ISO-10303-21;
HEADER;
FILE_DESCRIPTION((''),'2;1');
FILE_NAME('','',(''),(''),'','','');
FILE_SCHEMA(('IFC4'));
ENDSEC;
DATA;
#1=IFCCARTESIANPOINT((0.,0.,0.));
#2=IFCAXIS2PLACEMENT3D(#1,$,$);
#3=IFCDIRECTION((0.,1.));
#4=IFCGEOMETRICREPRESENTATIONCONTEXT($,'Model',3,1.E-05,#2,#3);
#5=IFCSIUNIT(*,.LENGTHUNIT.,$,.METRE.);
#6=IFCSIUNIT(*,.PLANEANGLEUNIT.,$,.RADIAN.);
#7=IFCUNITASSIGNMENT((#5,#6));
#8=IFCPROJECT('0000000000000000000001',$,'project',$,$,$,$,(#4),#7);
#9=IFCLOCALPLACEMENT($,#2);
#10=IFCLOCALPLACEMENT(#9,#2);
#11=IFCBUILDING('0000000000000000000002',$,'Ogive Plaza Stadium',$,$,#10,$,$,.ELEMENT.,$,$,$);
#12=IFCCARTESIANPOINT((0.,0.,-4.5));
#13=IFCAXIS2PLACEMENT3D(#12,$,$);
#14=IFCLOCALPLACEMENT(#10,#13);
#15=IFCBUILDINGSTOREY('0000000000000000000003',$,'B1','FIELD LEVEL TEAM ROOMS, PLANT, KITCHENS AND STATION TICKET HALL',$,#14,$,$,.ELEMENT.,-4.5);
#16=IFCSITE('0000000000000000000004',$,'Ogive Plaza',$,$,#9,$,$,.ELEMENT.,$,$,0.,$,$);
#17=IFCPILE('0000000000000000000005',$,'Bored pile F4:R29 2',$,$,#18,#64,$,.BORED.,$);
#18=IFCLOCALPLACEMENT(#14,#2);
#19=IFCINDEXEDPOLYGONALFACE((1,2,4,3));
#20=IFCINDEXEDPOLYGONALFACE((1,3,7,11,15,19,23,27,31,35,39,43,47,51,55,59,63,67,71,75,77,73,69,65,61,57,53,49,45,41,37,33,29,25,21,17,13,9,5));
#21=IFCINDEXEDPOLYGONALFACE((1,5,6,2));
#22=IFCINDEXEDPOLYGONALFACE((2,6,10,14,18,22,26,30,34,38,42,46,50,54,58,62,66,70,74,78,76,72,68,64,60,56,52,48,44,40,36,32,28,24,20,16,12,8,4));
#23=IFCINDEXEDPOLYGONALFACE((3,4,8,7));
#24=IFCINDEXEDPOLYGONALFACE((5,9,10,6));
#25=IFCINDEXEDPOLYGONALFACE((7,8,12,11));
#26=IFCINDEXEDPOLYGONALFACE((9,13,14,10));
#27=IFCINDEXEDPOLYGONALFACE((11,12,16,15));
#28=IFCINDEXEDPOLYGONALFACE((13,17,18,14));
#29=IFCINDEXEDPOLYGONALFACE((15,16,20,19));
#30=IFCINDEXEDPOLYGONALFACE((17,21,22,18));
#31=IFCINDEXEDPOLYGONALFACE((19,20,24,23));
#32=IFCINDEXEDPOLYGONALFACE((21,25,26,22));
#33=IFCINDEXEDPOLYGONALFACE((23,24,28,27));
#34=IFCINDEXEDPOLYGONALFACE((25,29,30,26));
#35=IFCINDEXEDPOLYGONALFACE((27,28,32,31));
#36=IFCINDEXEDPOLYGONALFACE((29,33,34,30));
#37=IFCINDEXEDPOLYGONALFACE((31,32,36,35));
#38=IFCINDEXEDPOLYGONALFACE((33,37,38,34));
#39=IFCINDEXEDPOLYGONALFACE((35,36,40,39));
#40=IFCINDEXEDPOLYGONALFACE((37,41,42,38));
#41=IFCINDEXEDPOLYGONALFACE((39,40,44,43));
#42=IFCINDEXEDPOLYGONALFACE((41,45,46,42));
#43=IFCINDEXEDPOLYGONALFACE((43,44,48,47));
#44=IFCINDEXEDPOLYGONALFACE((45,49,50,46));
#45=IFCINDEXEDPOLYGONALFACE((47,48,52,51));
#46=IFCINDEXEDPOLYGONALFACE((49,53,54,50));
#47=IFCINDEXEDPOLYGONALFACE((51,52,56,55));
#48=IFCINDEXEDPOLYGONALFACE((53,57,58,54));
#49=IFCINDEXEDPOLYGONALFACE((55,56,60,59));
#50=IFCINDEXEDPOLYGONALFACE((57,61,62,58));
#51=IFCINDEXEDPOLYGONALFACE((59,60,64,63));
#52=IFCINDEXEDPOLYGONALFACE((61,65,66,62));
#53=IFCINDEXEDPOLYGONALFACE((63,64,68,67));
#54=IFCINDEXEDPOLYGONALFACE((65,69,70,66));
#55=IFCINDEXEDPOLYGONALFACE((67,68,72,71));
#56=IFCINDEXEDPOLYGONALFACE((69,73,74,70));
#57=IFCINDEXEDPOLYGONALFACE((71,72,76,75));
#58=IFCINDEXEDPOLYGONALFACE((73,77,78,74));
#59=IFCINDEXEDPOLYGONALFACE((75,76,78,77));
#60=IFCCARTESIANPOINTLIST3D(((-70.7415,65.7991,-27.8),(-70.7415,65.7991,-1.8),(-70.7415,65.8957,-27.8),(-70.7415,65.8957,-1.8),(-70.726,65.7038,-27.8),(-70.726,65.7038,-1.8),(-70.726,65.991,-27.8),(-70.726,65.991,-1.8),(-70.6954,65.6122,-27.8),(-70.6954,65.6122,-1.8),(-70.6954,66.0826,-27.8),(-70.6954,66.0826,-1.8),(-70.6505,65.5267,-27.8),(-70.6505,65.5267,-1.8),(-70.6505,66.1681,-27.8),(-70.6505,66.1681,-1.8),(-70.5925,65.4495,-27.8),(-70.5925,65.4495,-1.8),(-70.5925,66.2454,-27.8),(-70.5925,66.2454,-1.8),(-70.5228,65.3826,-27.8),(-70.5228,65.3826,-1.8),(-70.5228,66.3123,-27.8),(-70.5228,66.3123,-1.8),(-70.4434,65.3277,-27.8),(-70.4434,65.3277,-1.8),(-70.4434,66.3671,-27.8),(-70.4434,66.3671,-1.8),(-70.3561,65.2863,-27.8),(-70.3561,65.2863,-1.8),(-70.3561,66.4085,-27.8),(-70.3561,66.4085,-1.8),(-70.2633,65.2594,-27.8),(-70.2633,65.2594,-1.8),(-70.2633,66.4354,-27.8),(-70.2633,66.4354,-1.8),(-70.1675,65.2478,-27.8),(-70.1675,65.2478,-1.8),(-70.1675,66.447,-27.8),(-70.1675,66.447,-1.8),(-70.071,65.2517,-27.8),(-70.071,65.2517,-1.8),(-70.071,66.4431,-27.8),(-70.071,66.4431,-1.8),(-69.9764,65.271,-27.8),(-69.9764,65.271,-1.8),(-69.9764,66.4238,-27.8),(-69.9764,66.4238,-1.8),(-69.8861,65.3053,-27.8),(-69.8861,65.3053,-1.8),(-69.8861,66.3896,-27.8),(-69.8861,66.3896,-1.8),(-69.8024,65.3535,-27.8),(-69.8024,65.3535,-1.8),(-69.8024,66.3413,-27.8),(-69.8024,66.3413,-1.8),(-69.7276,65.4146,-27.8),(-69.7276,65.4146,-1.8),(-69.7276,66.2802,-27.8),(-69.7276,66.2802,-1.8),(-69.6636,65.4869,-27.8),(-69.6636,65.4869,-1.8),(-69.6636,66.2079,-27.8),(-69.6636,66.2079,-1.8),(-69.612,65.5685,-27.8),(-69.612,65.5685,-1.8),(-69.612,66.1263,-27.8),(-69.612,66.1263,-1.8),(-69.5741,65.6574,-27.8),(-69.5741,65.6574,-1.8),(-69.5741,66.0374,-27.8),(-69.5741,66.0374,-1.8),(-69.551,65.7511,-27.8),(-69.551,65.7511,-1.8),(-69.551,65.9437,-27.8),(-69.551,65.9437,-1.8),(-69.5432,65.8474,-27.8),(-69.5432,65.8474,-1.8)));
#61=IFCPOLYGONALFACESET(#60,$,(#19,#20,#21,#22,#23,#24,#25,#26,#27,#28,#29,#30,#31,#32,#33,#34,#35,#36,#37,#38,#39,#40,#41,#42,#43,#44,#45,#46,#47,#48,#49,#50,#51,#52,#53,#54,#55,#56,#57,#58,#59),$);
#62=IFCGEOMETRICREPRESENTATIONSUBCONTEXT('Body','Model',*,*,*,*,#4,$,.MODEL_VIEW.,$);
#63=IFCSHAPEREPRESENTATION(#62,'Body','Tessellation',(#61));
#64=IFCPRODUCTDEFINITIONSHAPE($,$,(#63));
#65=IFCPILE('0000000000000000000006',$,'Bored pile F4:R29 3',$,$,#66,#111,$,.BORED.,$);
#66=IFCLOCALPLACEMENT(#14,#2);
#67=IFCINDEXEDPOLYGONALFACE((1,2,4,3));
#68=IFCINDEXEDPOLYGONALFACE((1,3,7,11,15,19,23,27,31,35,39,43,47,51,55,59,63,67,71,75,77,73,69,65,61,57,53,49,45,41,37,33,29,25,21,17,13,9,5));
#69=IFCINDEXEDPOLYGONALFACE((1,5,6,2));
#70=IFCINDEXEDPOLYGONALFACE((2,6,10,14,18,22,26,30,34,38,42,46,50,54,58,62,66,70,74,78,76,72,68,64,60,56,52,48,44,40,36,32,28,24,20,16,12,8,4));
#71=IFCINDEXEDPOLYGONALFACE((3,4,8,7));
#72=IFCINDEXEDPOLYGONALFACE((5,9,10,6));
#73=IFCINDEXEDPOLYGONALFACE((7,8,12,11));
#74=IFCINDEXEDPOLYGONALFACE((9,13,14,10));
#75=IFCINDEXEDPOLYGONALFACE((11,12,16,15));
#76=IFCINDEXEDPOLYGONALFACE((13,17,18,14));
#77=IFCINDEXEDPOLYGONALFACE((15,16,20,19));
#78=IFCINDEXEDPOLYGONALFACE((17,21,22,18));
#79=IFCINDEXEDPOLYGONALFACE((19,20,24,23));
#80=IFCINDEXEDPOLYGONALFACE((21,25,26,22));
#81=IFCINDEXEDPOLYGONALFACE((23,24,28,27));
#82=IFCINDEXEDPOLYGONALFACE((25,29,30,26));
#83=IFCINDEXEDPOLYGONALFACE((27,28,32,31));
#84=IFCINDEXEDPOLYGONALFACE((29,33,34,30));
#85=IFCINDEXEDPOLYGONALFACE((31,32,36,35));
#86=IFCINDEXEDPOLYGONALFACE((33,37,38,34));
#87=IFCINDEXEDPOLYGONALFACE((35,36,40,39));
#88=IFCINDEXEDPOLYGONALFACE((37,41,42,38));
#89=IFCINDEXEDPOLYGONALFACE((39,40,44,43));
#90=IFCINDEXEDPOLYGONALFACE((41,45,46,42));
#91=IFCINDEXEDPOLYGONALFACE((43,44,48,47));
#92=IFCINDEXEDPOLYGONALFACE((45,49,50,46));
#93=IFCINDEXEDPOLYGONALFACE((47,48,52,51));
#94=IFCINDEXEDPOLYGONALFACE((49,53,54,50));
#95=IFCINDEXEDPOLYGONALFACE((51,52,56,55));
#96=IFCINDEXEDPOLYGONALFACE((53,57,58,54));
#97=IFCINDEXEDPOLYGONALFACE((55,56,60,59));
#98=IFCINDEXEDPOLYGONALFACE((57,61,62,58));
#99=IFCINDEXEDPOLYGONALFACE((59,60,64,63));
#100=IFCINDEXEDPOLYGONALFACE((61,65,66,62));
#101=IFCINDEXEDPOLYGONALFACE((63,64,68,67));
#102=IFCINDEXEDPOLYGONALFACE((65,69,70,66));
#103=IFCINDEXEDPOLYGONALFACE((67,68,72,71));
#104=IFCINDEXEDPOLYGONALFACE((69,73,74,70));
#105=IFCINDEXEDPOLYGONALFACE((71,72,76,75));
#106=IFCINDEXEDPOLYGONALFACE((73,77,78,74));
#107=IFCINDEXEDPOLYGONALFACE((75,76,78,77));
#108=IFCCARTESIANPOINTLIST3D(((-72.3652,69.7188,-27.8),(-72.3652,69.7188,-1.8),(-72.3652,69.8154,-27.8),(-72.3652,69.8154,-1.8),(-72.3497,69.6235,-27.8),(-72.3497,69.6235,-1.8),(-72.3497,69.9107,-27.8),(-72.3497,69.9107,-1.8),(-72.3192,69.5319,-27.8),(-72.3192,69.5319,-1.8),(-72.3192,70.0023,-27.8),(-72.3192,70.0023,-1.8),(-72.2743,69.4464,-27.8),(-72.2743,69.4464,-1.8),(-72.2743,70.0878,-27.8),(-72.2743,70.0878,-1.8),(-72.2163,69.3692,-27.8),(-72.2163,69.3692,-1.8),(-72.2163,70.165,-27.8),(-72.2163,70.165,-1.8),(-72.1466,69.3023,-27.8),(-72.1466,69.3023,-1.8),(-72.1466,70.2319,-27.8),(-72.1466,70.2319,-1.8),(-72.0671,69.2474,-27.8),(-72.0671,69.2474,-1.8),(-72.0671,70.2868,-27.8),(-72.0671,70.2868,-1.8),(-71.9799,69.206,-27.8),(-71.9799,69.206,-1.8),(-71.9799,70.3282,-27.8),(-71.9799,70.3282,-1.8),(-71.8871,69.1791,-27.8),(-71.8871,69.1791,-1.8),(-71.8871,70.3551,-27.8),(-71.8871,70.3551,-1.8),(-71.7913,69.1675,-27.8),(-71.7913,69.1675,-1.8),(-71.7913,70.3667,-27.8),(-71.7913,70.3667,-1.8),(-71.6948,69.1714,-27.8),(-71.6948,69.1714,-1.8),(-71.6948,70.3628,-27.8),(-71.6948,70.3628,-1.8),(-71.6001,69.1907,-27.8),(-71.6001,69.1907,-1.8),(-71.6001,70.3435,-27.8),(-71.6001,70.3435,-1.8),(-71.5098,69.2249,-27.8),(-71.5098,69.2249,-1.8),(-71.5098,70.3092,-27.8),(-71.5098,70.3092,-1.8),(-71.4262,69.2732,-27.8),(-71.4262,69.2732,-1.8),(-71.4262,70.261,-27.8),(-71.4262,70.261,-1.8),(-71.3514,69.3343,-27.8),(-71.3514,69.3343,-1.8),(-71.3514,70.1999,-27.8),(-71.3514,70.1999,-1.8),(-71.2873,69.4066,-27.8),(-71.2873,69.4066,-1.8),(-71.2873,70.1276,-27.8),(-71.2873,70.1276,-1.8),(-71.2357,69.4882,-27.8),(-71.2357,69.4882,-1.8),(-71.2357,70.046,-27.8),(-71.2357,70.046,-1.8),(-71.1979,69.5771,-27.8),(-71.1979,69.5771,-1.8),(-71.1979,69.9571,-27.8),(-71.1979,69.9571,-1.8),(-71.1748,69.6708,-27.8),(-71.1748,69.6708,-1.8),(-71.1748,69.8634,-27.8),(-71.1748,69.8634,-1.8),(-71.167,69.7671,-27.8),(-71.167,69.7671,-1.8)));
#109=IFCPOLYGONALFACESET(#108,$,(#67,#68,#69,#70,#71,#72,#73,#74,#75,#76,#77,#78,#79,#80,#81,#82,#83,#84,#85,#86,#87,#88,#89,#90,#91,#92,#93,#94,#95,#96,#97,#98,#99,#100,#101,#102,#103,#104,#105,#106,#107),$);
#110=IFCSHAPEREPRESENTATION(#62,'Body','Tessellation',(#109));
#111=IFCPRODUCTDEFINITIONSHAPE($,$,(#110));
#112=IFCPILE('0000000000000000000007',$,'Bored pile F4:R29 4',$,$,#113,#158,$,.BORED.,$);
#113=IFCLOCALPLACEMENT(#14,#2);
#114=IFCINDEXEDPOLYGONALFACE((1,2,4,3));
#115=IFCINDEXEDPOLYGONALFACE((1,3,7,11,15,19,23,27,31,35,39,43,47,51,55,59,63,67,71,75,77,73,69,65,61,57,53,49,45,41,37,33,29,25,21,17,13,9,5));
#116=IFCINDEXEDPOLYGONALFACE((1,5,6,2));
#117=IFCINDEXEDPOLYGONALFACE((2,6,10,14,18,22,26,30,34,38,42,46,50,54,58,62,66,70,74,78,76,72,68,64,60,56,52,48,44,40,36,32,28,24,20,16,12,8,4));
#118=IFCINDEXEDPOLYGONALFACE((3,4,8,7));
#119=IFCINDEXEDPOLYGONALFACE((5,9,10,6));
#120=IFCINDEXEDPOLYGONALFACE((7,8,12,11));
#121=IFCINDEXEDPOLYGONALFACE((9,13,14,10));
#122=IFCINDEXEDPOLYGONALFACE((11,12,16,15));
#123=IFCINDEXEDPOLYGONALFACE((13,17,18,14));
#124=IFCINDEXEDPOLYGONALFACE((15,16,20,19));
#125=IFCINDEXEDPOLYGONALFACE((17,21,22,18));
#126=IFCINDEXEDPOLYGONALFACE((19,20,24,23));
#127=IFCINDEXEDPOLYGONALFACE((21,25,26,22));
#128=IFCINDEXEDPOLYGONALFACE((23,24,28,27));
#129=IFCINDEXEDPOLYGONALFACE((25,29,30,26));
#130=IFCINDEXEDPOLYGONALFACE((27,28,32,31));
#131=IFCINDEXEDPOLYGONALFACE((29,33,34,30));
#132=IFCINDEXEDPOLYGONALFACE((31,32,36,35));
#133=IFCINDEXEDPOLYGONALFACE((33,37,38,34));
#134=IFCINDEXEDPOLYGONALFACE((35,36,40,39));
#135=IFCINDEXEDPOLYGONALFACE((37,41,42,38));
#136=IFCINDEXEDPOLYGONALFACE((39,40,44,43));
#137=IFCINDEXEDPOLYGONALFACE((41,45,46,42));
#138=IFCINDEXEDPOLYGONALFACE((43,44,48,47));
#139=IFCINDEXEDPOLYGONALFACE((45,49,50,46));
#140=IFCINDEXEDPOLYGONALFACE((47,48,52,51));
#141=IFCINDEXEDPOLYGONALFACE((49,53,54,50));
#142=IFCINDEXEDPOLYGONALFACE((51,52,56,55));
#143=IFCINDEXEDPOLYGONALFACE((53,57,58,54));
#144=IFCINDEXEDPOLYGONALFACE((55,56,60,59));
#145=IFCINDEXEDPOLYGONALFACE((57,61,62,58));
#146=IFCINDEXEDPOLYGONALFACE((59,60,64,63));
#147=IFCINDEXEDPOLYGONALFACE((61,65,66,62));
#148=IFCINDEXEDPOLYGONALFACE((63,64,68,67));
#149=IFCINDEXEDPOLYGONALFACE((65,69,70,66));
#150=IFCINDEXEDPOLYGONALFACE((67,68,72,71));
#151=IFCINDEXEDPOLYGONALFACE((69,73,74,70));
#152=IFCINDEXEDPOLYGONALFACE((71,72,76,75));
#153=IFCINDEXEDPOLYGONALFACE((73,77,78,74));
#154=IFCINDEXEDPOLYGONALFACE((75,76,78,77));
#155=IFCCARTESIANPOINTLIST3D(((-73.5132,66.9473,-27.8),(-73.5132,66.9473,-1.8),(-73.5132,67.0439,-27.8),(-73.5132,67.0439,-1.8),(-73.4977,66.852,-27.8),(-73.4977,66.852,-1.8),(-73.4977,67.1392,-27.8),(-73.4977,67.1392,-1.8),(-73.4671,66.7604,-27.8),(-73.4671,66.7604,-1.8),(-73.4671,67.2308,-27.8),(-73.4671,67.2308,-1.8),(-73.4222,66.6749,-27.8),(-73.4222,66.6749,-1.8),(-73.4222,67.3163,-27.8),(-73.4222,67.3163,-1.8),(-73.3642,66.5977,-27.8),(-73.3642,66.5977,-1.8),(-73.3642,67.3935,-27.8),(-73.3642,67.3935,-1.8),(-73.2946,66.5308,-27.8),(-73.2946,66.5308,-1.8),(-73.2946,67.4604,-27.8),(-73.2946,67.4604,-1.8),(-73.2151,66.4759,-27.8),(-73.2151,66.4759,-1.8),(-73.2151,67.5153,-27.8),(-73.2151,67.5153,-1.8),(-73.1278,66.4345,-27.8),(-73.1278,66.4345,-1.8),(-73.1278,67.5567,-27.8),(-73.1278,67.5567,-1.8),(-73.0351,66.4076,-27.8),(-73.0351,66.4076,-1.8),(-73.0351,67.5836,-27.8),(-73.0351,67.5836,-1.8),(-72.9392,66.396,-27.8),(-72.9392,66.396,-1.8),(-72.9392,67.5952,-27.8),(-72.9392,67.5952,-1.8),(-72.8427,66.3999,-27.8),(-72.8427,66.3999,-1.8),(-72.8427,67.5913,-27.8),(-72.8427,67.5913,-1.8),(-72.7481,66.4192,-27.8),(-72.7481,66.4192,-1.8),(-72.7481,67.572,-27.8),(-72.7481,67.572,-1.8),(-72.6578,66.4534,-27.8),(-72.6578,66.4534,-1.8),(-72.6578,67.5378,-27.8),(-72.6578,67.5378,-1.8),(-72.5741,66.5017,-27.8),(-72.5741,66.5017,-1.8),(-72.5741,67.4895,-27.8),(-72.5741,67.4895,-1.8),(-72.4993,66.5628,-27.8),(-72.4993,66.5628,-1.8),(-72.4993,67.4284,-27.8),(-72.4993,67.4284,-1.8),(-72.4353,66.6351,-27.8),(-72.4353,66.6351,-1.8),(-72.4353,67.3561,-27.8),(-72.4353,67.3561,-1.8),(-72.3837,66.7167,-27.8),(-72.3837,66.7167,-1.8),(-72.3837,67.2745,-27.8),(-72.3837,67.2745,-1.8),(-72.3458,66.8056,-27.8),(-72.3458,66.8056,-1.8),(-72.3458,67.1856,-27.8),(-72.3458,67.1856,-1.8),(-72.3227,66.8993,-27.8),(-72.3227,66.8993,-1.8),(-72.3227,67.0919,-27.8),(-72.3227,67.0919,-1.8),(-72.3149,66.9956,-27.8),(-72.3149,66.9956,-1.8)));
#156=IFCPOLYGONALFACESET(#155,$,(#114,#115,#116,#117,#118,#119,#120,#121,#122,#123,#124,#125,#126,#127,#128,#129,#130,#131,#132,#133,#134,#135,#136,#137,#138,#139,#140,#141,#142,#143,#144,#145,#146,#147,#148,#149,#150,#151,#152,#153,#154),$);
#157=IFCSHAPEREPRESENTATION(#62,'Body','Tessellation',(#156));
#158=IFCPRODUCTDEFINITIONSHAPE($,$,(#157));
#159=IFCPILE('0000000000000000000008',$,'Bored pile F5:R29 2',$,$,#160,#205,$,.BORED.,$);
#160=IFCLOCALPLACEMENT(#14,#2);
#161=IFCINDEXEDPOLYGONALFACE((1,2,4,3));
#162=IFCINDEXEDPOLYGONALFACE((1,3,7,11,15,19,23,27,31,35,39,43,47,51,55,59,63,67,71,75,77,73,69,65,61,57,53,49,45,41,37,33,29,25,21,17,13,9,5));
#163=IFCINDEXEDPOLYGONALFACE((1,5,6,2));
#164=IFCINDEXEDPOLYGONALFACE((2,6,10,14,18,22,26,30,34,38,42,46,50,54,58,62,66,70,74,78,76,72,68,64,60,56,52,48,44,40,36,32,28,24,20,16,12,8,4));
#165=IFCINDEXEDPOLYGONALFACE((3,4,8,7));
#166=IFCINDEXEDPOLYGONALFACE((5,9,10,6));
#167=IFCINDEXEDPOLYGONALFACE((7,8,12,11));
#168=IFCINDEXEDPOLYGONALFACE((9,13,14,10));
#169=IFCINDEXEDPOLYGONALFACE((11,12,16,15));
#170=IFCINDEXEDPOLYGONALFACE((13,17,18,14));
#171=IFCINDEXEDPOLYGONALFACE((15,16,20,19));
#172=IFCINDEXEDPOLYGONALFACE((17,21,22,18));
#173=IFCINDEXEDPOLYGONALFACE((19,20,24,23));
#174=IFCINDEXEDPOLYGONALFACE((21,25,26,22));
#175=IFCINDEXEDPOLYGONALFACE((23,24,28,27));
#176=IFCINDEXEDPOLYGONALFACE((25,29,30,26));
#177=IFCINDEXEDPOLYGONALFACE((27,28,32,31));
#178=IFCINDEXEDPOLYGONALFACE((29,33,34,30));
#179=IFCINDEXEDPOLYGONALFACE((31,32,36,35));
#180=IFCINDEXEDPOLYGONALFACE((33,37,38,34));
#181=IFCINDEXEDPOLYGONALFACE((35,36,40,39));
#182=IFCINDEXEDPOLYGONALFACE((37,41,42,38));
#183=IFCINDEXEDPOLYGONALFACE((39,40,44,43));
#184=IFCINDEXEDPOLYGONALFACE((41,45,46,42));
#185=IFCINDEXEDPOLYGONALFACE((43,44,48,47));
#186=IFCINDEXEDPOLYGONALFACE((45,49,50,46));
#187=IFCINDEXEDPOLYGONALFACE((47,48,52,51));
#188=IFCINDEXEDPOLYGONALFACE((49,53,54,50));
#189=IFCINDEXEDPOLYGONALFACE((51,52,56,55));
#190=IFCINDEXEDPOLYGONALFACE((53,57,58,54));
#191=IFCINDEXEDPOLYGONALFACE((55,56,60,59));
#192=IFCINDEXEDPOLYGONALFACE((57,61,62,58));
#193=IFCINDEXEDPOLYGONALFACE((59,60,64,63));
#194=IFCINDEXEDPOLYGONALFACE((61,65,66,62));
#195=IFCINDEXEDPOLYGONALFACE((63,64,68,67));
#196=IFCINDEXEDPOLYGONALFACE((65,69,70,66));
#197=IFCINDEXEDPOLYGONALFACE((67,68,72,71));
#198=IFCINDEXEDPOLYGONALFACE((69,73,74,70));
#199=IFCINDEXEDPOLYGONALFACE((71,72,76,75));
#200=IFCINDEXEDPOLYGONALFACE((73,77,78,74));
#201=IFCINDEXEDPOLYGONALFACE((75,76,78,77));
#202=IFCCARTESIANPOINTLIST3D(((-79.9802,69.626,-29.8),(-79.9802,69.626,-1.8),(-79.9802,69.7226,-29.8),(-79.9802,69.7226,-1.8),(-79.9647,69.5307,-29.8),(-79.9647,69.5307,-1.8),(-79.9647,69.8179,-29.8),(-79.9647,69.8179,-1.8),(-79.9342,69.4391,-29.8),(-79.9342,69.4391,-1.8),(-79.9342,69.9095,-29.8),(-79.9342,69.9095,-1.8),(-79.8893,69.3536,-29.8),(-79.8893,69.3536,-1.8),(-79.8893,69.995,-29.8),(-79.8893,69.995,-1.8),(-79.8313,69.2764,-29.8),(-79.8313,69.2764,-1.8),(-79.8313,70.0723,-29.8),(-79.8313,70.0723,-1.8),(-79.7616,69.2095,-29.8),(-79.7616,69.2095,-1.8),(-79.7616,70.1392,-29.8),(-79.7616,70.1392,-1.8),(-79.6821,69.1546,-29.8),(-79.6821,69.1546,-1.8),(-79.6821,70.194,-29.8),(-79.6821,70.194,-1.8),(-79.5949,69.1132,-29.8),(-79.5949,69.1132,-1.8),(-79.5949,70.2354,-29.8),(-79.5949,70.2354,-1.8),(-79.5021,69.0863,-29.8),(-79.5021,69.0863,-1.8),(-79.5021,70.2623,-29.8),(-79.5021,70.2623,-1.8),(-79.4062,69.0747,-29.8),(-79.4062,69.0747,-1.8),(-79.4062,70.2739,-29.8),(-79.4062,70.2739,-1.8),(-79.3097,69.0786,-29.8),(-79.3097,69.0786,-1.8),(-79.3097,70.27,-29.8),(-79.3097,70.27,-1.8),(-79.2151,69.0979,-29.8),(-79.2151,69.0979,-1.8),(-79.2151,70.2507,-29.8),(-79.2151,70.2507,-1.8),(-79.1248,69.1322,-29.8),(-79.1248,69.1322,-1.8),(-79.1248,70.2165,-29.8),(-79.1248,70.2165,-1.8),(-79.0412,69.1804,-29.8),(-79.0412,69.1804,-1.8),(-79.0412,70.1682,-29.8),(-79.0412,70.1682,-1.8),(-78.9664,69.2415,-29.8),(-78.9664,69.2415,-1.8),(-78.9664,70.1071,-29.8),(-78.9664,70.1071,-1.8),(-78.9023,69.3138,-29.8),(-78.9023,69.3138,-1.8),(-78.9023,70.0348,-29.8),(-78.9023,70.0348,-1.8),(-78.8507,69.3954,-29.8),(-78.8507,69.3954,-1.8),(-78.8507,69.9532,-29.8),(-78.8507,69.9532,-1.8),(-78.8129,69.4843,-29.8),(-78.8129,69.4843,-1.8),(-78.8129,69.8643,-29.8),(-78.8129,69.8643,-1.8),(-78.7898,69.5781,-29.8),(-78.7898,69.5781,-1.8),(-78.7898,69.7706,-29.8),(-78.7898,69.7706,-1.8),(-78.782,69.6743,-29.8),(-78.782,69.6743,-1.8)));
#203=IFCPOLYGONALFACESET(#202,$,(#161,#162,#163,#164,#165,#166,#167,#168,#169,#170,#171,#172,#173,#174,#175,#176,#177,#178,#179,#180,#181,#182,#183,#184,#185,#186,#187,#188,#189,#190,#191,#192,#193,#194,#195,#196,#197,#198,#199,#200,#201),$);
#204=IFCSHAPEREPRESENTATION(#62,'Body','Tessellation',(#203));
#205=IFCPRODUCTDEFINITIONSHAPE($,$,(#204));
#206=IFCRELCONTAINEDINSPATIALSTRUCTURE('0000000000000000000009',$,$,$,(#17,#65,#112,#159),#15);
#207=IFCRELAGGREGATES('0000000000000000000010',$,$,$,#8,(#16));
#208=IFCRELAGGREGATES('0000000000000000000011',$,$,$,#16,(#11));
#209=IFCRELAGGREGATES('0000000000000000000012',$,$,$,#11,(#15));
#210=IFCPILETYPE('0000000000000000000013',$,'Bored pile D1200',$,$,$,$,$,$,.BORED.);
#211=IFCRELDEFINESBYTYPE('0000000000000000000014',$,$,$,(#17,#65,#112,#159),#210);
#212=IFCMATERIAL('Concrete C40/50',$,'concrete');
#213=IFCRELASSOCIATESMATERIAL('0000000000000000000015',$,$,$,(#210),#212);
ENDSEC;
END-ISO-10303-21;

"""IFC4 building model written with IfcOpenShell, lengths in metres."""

from ifc_helpers import new_model, si_unit, direction, frame, origin, origin_2d, place, context, subcontext, project, spatial, circle, extrude, material, material_profile, profile_set, type_object, element, save


model = new_model("IFC4")

# Units and contexts
model_context = context("Model", 3, precision=1e-05, world=origin(), true_north=direction((0.0, 1.0)))
body_context = subcontext(model_context, "Body", "Model", "MODEL_VIEW")
ifc_project = project(units=[si_unit("LENGTHUNIT", "METRE"), si_unit("PLANEANGLEUNIT", "RADIAN")], contexts=[model_context])

# Site, building, storey
site_placement = place(None, origin())
site = spatial("IfcSite", under=ifc_project, at=site_placement, Name="Ogive Plaza", CompositionType="ELEMENT", RefElevation=0.0)
building_placement = place(site_placement, origin())
building = spatial("IfcBuilding", under=site, at=building_placement, Name="Ogive Plaza Stadium", CompositionType="ELEMENT")
storey_placement = place(building_placement, frame((0.0, 0.0, -4.5)))
storey = spatial("IfcBuildingStorey", under=building, at=storey_placement, Name="B1", Description="FIELD LEVEL TEAM ROOMS, PLANT, KITCHENS AND STATION TICKET HALL", CompositionType="ELEMENT", Elevation=-4.5)

# Piles
ifc_material_1 = material(Name="Concrete C40/50", Category="concrete")
ifc_material_profile_1 = material_profile(ifc_material_1, circle(Radius=0.6001, at=origin_2d()), Name="RC D1200")
ifc_profile_set_1 = profile_set([ifc_material_profile_1], Name="Concrete C40/50")
pile_type_1 = type_object("IfcPileType", Name="Bored pile D1200", PredefinedType="BORED", material=ifc_profile_set_1)
for number, where, z_axis, x_axis, name in (
    (1, (-70.1433, 65.8474, -1.8), (0.0, 0.0, -1.0), (1.0, 0.0, 0.0), "Bored pile F4:R29 2"),
    (2, (-71.7671, 69.7671, -1.8), (0.0, 0.0, -1.0), (1.0, 0.0, 0.0), "Bored pile F4:R29 3"),
    (3, (-72.915, 66.9956, -1.8), (0.0, 0.0, -1.0), (1.0, 0.0, 0.0), "Bored pile F4:R29 4"),
):
    element("IfcPile", number, at=place(storey_placement, frame(where, z_axis=z_axis, x_axis=x_axis)), inside=storey, type_object=pile_type_1, Name=name, PredefinedType="BORED", context=body_context, shape_type="SweptSolid", body=[
        extrude(circle(Radius=0.6001, at=origin_2d()), origin(), (0.0, 0.0, 1.0), 26.0),
    ])
for number, where, z_axis, x_axis, name in (
    (4, (-79.3821, 69.6743, -1.8), (0.0, 0.0, -1.0), (1.0, 0.0, 0.0), "Bored pile F5:R29 2"),
):
    element("IfcPile", number, at=place(storey_placement, frame(where, z_axis=z_axis, x_axis=x_axis)), inside=storey, type_object=pile_type_1, Name=name, PredefinedType="BORED", context=body_context, shape_type="SweptSolid", body=[
        extrude(circle(Radius=0.6001, at=origin_2d()), origin(), (0.0, 0.0, 1.0), 28.0),
    ])

save(model, "model.ifc")
